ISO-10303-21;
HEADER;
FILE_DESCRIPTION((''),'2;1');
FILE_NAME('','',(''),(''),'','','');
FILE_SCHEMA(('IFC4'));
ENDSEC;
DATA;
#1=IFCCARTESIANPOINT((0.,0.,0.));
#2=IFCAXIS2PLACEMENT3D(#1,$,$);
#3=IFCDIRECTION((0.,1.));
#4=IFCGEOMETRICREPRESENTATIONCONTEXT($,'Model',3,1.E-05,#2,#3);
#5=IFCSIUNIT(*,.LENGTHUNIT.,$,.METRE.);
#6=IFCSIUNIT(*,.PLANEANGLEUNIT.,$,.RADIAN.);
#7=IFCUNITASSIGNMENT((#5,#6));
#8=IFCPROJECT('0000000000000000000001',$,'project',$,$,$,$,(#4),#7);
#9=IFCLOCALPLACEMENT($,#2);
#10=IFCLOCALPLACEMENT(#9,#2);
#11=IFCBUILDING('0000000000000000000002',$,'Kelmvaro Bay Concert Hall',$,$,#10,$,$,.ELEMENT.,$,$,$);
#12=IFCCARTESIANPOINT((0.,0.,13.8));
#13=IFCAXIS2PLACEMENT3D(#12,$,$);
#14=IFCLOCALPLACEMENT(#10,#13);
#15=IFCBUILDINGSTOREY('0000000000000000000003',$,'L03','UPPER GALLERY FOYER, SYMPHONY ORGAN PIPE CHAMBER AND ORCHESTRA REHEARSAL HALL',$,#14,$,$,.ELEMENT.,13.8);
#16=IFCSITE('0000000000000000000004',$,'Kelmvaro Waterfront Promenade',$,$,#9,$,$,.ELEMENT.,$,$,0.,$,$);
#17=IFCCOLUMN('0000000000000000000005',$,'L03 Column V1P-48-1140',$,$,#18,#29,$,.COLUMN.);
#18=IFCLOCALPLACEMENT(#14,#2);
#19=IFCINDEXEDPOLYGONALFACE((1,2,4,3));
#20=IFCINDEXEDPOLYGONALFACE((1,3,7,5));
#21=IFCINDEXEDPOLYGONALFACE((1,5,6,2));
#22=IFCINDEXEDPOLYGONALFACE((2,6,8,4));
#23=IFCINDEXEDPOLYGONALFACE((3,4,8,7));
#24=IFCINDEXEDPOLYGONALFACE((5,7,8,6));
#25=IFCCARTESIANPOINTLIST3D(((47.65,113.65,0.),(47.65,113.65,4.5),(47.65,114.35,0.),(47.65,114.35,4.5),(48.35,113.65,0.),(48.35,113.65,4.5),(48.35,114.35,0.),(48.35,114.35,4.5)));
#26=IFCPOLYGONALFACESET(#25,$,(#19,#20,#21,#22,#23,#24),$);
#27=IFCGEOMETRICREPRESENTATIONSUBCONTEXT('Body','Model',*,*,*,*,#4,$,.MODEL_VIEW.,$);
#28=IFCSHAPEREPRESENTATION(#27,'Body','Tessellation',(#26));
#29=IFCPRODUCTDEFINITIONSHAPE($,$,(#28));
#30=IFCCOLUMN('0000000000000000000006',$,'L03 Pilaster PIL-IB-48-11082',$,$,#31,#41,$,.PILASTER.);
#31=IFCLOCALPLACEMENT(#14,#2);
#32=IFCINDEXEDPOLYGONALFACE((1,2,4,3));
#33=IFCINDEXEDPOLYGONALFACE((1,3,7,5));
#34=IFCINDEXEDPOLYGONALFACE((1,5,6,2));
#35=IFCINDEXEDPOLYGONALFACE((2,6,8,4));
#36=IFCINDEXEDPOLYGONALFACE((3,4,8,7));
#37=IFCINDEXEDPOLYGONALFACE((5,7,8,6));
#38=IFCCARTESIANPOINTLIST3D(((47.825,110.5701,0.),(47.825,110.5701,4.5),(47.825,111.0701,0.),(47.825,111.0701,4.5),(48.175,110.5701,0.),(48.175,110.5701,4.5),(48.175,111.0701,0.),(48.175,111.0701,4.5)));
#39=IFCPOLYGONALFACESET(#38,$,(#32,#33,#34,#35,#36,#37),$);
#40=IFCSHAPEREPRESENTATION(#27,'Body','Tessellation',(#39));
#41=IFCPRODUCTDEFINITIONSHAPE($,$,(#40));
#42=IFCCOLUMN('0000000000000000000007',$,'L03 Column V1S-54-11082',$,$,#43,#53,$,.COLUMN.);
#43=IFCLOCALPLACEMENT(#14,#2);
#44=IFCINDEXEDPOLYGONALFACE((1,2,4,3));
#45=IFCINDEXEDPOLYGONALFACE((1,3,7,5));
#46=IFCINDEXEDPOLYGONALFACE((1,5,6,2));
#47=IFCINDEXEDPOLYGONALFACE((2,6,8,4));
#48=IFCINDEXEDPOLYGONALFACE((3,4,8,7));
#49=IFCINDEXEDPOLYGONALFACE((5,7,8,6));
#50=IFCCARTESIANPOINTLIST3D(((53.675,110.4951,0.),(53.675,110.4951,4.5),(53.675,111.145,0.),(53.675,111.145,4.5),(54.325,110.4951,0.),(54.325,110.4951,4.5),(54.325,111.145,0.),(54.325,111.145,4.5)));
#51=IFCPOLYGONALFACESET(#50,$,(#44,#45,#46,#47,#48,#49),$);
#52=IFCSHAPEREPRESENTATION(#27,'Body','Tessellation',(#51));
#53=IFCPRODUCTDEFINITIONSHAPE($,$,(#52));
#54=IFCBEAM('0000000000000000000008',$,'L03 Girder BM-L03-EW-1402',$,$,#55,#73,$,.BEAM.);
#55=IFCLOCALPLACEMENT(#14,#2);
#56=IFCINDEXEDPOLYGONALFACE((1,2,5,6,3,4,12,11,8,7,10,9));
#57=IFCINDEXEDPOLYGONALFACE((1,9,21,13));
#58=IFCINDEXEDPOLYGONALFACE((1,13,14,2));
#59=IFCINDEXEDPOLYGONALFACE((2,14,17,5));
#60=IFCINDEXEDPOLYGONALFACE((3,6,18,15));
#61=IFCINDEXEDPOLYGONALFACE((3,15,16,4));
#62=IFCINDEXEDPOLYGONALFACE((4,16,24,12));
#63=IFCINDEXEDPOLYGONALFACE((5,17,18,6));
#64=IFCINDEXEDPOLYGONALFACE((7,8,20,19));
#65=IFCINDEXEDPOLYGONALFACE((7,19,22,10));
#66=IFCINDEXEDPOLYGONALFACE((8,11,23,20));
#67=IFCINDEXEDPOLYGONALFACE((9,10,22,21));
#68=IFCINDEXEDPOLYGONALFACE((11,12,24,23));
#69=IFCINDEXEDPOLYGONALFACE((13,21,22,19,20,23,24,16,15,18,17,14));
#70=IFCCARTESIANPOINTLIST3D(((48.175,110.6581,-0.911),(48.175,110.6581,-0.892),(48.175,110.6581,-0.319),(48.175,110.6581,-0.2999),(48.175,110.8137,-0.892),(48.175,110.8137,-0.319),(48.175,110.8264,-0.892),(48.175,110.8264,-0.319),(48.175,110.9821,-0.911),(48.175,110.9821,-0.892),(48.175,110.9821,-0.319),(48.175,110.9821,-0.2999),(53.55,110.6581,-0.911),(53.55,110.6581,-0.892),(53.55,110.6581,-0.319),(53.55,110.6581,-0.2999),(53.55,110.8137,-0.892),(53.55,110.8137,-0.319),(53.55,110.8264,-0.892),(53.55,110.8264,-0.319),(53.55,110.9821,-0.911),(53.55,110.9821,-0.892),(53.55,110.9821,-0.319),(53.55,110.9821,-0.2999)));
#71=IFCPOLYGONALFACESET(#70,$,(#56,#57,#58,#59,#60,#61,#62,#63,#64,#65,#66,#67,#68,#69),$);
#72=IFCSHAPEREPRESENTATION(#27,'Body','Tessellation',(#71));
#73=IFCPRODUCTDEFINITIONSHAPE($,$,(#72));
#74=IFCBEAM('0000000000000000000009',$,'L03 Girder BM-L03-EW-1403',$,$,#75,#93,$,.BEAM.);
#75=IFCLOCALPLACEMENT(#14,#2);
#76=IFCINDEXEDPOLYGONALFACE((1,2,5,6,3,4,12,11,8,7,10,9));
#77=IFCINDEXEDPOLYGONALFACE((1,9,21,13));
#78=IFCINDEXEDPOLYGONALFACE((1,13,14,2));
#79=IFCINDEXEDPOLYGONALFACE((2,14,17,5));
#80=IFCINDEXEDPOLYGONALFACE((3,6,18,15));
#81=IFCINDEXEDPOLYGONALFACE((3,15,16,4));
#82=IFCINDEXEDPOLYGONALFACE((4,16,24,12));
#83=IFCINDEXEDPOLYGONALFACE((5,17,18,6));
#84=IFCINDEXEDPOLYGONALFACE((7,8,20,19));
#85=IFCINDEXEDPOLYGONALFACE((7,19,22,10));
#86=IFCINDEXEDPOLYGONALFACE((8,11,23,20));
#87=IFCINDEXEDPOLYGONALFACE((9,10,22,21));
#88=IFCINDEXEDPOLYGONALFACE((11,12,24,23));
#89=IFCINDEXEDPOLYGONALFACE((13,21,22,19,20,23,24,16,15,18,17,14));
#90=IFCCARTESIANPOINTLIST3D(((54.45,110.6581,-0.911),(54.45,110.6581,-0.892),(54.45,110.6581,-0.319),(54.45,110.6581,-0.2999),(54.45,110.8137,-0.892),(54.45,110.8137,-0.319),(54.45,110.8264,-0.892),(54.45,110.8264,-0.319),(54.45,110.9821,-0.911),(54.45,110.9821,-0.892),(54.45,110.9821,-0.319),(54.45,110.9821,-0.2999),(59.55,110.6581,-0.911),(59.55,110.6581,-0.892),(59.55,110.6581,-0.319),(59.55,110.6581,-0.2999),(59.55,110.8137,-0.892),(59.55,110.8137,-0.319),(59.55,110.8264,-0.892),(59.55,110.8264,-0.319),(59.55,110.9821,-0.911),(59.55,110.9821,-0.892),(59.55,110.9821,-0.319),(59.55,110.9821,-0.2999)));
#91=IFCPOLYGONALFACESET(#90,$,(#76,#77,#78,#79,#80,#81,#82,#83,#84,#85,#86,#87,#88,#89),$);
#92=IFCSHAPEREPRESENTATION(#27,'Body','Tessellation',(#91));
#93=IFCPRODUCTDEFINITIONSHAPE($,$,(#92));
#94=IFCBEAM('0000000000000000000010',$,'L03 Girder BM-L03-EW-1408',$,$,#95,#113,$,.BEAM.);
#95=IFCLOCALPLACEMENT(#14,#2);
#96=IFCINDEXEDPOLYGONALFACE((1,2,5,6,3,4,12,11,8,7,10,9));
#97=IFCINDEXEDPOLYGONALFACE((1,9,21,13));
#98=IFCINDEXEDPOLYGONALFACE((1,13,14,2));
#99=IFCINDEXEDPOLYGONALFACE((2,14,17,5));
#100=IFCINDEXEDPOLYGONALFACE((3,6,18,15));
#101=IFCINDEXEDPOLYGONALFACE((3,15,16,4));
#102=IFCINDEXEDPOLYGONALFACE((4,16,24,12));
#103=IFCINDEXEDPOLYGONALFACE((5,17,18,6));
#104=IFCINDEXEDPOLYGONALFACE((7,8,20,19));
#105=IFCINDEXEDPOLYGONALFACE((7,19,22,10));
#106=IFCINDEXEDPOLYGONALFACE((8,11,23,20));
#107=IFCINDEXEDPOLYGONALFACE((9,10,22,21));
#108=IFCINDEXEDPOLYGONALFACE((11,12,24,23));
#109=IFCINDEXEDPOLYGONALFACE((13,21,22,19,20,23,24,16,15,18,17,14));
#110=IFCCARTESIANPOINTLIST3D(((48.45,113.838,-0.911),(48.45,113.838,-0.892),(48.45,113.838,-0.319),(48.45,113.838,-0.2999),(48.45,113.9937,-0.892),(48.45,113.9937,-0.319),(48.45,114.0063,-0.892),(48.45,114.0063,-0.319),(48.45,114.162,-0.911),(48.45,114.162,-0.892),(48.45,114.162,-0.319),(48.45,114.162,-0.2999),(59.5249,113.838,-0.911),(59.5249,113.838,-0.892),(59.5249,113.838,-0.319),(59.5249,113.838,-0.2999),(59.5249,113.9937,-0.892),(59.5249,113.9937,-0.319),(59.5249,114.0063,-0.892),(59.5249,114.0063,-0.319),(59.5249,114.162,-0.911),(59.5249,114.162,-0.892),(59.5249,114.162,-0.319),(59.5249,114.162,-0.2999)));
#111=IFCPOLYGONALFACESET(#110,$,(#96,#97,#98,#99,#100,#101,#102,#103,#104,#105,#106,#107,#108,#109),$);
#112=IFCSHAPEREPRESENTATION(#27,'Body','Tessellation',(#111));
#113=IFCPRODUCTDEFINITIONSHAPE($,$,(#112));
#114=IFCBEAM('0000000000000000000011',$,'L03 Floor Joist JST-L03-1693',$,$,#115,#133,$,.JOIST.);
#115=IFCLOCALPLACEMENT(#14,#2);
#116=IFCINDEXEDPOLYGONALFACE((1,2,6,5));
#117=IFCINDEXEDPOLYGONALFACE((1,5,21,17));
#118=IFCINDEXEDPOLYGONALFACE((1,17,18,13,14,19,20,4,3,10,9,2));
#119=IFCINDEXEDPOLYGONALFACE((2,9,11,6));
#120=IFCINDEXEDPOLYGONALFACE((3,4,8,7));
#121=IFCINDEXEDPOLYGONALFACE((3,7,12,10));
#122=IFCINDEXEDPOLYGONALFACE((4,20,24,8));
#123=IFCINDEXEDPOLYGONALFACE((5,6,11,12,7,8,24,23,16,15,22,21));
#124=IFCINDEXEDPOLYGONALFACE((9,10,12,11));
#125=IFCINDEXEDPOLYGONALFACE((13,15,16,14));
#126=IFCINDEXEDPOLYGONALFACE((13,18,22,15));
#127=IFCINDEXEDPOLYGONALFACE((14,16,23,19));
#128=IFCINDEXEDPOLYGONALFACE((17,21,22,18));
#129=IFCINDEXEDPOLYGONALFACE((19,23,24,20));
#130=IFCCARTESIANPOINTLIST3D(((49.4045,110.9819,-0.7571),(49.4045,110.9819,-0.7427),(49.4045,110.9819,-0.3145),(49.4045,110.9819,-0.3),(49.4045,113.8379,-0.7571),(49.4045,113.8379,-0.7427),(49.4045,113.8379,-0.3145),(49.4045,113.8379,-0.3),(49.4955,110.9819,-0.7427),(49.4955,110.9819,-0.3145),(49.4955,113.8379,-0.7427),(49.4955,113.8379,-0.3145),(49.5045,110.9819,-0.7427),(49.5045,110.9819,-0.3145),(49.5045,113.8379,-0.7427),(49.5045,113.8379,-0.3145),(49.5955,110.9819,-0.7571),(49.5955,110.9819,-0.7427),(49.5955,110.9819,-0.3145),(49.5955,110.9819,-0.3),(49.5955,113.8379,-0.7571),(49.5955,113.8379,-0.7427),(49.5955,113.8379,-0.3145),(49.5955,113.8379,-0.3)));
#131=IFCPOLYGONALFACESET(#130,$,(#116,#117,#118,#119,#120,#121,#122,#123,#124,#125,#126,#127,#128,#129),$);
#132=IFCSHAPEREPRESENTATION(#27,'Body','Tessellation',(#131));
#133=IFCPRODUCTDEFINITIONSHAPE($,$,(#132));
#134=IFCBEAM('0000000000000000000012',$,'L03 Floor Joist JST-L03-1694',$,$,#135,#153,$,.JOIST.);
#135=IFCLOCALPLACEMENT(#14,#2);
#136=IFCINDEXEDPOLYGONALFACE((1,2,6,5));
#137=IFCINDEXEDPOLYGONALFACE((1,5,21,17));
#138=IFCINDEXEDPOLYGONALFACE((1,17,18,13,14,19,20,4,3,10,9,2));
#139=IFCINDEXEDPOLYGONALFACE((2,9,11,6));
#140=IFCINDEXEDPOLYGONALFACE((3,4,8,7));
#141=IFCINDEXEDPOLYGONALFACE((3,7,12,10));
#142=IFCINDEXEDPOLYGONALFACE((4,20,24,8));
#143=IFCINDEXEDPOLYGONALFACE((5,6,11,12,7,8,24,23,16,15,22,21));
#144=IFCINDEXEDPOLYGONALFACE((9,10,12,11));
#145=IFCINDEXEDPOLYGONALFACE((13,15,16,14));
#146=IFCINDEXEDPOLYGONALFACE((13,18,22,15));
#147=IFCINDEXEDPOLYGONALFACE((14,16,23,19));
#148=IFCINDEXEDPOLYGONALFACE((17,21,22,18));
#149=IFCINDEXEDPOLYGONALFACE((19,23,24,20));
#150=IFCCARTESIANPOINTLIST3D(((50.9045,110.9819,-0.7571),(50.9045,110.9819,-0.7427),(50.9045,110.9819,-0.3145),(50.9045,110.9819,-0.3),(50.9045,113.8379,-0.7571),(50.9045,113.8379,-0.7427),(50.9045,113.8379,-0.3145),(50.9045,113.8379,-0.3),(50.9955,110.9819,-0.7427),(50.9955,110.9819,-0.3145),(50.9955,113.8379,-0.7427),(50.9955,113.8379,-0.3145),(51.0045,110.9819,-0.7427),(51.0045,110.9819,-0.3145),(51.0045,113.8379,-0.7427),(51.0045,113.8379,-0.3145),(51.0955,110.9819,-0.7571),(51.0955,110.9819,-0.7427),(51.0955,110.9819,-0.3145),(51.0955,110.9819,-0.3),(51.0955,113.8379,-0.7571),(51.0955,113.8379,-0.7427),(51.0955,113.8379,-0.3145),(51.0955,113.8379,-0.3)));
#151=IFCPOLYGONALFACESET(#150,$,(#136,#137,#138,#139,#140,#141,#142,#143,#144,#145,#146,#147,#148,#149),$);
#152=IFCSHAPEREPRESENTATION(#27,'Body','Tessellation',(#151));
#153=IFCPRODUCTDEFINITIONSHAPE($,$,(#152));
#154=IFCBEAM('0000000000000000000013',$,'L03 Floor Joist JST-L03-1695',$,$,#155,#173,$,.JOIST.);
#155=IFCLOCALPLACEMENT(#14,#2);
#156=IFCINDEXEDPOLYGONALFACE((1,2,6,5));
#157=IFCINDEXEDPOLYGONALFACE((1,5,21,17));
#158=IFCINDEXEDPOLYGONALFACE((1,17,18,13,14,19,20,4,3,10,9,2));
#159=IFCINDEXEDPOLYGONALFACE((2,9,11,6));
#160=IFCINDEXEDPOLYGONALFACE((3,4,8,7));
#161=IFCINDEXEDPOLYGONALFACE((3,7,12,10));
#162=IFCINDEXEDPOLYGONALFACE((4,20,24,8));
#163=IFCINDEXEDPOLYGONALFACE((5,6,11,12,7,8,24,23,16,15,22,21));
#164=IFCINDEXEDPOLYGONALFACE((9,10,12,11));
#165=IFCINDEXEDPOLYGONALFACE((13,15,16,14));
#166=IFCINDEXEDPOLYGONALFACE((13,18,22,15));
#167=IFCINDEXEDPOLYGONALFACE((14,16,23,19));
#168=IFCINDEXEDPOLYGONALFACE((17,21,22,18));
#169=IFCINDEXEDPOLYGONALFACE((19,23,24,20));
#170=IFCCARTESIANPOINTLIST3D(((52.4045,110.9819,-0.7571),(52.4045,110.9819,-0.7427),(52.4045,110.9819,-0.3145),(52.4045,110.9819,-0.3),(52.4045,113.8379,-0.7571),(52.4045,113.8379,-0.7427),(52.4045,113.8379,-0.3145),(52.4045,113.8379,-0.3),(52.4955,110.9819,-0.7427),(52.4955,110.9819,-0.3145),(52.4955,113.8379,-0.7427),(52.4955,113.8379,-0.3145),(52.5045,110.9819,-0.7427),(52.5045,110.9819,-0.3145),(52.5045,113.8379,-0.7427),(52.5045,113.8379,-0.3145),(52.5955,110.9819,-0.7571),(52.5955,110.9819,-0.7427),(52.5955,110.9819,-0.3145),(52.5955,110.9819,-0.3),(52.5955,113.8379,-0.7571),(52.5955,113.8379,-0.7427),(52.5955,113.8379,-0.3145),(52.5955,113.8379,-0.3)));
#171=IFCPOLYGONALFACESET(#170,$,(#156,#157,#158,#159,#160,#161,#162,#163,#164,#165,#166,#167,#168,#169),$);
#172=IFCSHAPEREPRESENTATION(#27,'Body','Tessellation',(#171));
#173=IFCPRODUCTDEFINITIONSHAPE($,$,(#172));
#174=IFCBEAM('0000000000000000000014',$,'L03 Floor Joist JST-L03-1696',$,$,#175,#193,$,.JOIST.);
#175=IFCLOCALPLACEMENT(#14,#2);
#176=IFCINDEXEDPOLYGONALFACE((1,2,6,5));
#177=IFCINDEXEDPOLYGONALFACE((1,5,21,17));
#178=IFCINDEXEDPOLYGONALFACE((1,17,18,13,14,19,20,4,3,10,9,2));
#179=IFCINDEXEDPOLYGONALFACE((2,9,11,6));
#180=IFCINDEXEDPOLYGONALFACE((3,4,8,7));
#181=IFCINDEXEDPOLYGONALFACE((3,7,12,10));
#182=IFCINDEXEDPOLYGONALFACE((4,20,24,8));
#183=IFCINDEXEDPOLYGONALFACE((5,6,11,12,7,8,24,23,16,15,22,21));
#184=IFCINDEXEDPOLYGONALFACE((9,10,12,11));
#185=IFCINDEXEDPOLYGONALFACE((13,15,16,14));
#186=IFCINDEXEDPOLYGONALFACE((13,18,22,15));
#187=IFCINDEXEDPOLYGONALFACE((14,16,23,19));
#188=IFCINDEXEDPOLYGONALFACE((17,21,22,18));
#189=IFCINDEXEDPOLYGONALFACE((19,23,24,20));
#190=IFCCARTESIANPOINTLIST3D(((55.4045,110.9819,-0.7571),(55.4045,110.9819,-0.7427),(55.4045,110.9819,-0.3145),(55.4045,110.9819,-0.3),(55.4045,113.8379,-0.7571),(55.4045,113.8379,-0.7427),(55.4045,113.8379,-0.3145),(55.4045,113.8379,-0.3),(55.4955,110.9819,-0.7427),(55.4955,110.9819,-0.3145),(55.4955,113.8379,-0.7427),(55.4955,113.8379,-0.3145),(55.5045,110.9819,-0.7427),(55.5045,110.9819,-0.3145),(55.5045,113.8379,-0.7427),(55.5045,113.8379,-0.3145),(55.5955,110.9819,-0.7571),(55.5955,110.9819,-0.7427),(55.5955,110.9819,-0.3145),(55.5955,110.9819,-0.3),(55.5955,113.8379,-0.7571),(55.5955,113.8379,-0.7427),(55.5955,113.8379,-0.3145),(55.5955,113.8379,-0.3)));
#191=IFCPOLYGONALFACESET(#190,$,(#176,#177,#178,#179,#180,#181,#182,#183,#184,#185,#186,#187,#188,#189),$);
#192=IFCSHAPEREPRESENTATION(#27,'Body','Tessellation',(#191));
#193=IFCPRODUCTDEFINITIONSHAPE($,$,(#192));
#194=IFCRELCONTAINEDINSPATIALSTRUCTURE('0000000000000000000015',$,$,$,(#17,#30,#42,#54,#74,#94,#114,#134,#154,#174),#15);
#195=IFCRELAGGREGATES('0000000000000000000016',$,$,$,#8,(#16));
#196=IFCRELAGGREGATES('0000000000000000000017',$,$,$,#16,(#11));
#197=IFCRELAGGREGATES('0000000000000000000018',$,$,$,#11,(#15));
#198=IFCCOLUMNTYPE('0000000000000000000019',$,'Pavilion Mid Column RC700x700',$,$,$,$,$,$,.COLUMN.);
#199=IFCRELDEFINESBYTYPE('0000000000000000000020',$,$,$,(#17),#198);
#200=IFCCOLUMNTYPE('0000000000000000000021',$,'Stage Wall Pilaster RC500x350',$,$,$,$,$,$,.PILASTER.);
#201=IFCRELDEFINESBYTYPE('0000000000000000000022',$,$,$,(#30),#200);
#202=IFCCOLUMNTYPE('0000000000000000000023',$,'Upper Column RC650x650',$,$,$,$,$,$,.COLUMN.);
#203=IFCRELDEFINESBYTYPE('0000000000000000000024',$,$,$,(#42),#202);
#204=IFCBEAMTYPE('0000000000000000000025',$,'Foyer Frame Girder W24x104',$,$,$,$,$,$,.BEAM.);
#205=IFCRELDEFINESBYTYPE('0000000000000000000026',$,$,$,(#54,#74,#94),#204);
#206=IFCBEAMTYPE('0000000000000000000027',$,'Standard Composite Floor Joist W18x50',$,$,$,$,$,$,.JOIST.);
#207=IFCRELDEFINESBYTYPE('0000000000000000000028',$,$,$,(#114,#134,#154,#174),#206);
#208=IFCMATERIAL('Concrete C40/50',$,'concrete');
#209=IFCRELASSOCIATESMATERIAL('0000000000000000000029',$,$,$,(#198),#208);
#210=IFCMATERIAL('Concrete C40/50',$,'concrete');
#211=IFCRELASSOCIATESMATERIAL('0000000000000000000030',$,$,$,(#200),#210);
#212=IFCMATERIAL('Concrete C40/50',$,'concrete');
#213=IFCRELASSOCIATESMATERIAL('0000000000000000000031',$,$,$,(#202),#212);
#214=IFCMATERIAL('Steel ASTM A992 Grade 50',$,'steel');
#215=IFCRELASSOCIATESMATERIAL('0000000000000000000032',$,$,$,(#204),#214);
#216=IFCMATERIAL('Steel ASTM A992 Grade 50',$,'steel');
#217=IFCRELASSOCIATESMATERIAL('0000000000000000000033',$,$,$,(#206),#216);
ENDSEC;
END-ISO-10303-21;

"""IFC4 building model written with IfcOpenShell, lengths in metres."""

from ifc_helpers import new_model, si_unit, direction, frame, origin, origin_2d, place, context, subcontext, project, spatial, rectangle, i_section, extrude, material, material_profile, profile_set, type_object, element, save


model = new_model("IFC4")

# Units and contexts
model_context = context("Model", 3, precision=1e-05, world=origin(), true_north=direction((0.0, 1.0)))
body_context = subcontext(model_context, "Body", "Model", "MODEL_VIEW")
ifc_project = project(units=[si_unit("LENGTHUNIT", "METRE"), si_unit("PLANEANGLEUNIT", "RADIAN")], contexts=[model_context])

# Site, building, storey
site_placement = place(None, origin())
site = spatial("IfcSite", under=ifc_project, at=site_placement, Name="Kelmvaro Waterfront Promenade", CompositionType="ELEMENT", RefElevation=0.0)
building_placement = place(site_placement, origin())
building = spatial("IfcBuilding", under=site, at=building_placement, Name="Kelmvaro Bay Concert Hall", CompositionType="ELEMENT")
storey_placement = place(building_placement, frame((0.0, 0.0, 13.8)))
storey = spatial("IfcBuildingStorey", under=building, at=storey_placement, Name="L03", Description="UPPER GALLERY FOYER, SYMPHONY ORGAN PIPE CHAMBER AND ORCHESTRA REHEARSAL HALL", CompositionType="ELEMENT", Elevation=13.8)

# Columns
ifc_material_1 = material(Name="Concrete C40/50", Category="concrete")
ifc_material_profile_1 = material_profile(ifc_material_1, rectangle(XDim=0.7, YDim=0.7, at=origin_2d()), Name="RC-COL-700X700")
ifc_profile_set_1 = profile_set([ifc_material_profile_1], Name="Concrete C40/50")
column_type_1 = type_object("IfcColumnType", Name="Pavilion Mid Column RC700x700", PredefinedType="COLUMN", material=ifc_profile_set_1)
column_1_placement = place(storey_placement, frame((48.0, 114.0, 0.0), z_axis=(0.0, 0.0, 1.0), x_axis=(1.0, 0.0, 0.0)))
element("IfcColumn", 1, at=column_1_placement, inside=storey, type_object=column_type_1, Name="L03 Column V1P-48-1140", PredefinedType="COLUMN", context=body_context, shape_type="SweptSolid", body=[
    extrude(rectangle(XDim=0.7, YDim=0.7, at=origin_2d()), origin(), (0.0, 0.0, 1.0), 4.5),
])
ifc_material_2 = material(Name="Concrete C40/50", Category="concrete")
ifc_material_profile_2 = material_profile(ifc_material_2, rectangle(XDim=0.3501, YDim=0.5, at=origin_2d()), Name="RC-PIL-500X350")
ifc_profile_set_2 = profile_set([ifc_material_profile_2], Name="Concrete C40/50")
column_type_2 = type_object("IfcColumnType", Name="Stage Wall Pilaster RC500x350", PredefinedType="PILASTER", material=ifc_profile_set_2)
column_2_placement = place(storey_placement, frame((48.0, 110.8201, 0.0), z_axis=(0.0, 0.0, 1.0), x_axis=(1.0, 0.0, 0.0)))
element("IfcColumn", 2, at=column_2_placement, inside=storey, type_object=column_type_2, Name="L03 Pilaster PIL-IB-48-11082", PredefinedType="PILASTER", context=body_context, shape_type="SweptSolid", body=[
    extrude(rectangle(XDim=0.3501, YDim=0.5, at=origin_2d()), origin(), (0.0, 0.0, 1.0), 4.5),
])
ifc_material_3 = material(Name="Concrete C40/50", Category="concrete")
ifc_material_profile_3 = material_profile(ifc_material_3, rectangle(XDim=0.6499, YDim=0.6499, at=origin_2d()), Name="RC-COL-650X650")
ifc_profile_set_3 = profile_set([ifc_material_profile_3], Name="Concrete C40/50")
column_type_3 = type_object("IfcColumnType", Name="Upper Column RC650x650", PredefinedType="COLUMN", material=ifc_profile_set_3)
column_3_placement = place(storey_placement, frame((54.0, 110.8201, 0.0), z_axis=(0.0, 0.0, 1.0), x_axis=(1.0, 0.0, 0.0)))
element("IfcColumn", 3, at=column_3_placement, inside=storey, type_object=column_type_3, Name="L03 Column V1S-54-11082", PredefinedType="COLUMN", context=body_context, shape_type="SweptSolid", body=[
    extrude(rectangle(XDim=0.6499, YDim=0.6499, at=origin_2d()), origin(), (0.0, 0.0, 1.0), 4.5),
])

# Beams
ifc_material_4 = material(Name="Steel ASTM A992 Grade 50", Category="steel")
ifc_material_profile_4 = material_profile(ifc_material_4, i_section(OverallWidth=0.324, OverallDepth=0.6111, WebThickness=0.0127, FlangeThickness=0.019, at=origin_2d()), Name="W24X104")
ifc_profile_set_4 = profile_set([ifc_material_profile_4], Name="Steel ASTM A992 Grade 50")
beam_type_1 = type_object("IfcBeamType", Name="Foyer Frame Girder W24x104", PredefinedType="BEAM", material=ifc_profile_set_4)
beam_1_placement = place(storey_placement, frame((48.175, 110.8201, -0.6055), z_axis=(1.0, 0.0, 0.0), x_axis=(0.0, 1.0, 0.0)))
element("IfcBeam", 4, at=beam_1_placement, inside=storey, type_object=beam_type_1, Name="L03 Girder BM-L03-EW-1402", PredefinedType="BEAM", context=body_context, shape_type="SweptSolid", body=[
    extrude(i_section(OverallWidth=0.324, OverallDepth=0.6111, WebThickness=0.0127, FlangeThickness=0.019, at=origin_2d()), origin(), (0.0, 0.0, 1.0), 5.375),
])
beam_2_placement = place(storey_placement, frame((54.45, 110.8201, -0.6055), z_axis=(1.0, 0.0, 0.0), x_axis=(0.0, 1.0, 0.0)))
element("IfcBeam", 5, at=beam_2_placement, inside=storey, type_object=beam_type_1, Name="L03 Girder BM-L03-EW-1403", PredefinedType="BEAM", context=body_context, shape_type="SweptSolid", body=[
    extrude(i_section(OverallWidth=0.324, OverallDepth=0.6111, WebThickness=0.0127, FlangeThickness=0.019, at=origin_2d()), origin(), (0.0, 0.0, 1.0), 5.1001),
])
beam_3_placement = place(storey_placement, frame((48.45, 114.0, -0.6055), z_axis=(1.0, 0.0, 0.0), x_axis=(0.0, 1.0, 0.0)))
element("IfcBeam", 6, at=beam_3_placement, inside=storey, type_object=beam_type_1, Name="L03 Girder BM-L03-EW-1408", PredefinedType="BEAM", context=body_context, shape_type="SweptSolid", body=[
    extrude(i_section(OverallWidth=0.324, OverallDepth=0.6111, WebThickness=0.0127, FlangeThickness=0.019, at=origin_2d()), origin(), (0.0, 0.0, 1.0), 11.075),
])
ifc_material_5 = material(Name="Steel ASTM A992 Grade 50", Category="steel")
ifc_material_profile_5 = material_profile(ifc_material_5, i_section(OverallWidth=0.1909, OverallDepth=0.457, WebThickness=0.009, FlangeThickness=0.0144, at=origin_2d()), Name="W18X50")
ifc_profile_set_5 = profile_set([ifc_material_profile_5], Name="Steel ASTM A992 Grade 50")
beam_type_2 = type_object("IfcBeamType", Name="Standard Composite Floor Joist W18x50", PredefinedType="JOIST", material=ifc_profile_set_5)
for number, where, z_axis, x_axis, name in (
    (7, (49.5, 110.9819, -0.5286), (0.0, 1.0, 0.0), (-1.0, 0.0, 0.0), "L03 Floor Joist JST-L03-1693"),
    (8, (51.0, 110.9819, -0.5286), (0.0, 1.0, 0.0), (-1.0, 0.0, 0.0), "L03 Floor Joist JST-L03-1694"),
    (9, (52.5, 110.9819, -0.5286), (0.0, 1.0, 0.0), (-1.0, 0.0, 0.0), "L03 Floor Joist JST-L03-1695"),
    (10, (55.5, 110.9819, -0.5286), (0.0, 1.0, 0.0), (-1.0, 0.0, 0.0), "L03 Floor Joist JST-L03-1696"),
):
    element("IfcBeam", number, at=place(storey_placement, frame(where, z_axis=z_axis, x_axis=x_axis)), inside=storey, type_object=beam_type_2, Name=name, PredefinedType="JOIST", context=body_context, shape_type="SweptSolid", body=[
        extrude(i_section(OverallWidth=0.1909, OverallDepth=0.457, WebThickness=0.009, FlangeThickness=0.0144, at=origin_2d()), origin(), (0.0, 0.0, 1.0), 2.856),
    ])

save(model, "model.ifc")
